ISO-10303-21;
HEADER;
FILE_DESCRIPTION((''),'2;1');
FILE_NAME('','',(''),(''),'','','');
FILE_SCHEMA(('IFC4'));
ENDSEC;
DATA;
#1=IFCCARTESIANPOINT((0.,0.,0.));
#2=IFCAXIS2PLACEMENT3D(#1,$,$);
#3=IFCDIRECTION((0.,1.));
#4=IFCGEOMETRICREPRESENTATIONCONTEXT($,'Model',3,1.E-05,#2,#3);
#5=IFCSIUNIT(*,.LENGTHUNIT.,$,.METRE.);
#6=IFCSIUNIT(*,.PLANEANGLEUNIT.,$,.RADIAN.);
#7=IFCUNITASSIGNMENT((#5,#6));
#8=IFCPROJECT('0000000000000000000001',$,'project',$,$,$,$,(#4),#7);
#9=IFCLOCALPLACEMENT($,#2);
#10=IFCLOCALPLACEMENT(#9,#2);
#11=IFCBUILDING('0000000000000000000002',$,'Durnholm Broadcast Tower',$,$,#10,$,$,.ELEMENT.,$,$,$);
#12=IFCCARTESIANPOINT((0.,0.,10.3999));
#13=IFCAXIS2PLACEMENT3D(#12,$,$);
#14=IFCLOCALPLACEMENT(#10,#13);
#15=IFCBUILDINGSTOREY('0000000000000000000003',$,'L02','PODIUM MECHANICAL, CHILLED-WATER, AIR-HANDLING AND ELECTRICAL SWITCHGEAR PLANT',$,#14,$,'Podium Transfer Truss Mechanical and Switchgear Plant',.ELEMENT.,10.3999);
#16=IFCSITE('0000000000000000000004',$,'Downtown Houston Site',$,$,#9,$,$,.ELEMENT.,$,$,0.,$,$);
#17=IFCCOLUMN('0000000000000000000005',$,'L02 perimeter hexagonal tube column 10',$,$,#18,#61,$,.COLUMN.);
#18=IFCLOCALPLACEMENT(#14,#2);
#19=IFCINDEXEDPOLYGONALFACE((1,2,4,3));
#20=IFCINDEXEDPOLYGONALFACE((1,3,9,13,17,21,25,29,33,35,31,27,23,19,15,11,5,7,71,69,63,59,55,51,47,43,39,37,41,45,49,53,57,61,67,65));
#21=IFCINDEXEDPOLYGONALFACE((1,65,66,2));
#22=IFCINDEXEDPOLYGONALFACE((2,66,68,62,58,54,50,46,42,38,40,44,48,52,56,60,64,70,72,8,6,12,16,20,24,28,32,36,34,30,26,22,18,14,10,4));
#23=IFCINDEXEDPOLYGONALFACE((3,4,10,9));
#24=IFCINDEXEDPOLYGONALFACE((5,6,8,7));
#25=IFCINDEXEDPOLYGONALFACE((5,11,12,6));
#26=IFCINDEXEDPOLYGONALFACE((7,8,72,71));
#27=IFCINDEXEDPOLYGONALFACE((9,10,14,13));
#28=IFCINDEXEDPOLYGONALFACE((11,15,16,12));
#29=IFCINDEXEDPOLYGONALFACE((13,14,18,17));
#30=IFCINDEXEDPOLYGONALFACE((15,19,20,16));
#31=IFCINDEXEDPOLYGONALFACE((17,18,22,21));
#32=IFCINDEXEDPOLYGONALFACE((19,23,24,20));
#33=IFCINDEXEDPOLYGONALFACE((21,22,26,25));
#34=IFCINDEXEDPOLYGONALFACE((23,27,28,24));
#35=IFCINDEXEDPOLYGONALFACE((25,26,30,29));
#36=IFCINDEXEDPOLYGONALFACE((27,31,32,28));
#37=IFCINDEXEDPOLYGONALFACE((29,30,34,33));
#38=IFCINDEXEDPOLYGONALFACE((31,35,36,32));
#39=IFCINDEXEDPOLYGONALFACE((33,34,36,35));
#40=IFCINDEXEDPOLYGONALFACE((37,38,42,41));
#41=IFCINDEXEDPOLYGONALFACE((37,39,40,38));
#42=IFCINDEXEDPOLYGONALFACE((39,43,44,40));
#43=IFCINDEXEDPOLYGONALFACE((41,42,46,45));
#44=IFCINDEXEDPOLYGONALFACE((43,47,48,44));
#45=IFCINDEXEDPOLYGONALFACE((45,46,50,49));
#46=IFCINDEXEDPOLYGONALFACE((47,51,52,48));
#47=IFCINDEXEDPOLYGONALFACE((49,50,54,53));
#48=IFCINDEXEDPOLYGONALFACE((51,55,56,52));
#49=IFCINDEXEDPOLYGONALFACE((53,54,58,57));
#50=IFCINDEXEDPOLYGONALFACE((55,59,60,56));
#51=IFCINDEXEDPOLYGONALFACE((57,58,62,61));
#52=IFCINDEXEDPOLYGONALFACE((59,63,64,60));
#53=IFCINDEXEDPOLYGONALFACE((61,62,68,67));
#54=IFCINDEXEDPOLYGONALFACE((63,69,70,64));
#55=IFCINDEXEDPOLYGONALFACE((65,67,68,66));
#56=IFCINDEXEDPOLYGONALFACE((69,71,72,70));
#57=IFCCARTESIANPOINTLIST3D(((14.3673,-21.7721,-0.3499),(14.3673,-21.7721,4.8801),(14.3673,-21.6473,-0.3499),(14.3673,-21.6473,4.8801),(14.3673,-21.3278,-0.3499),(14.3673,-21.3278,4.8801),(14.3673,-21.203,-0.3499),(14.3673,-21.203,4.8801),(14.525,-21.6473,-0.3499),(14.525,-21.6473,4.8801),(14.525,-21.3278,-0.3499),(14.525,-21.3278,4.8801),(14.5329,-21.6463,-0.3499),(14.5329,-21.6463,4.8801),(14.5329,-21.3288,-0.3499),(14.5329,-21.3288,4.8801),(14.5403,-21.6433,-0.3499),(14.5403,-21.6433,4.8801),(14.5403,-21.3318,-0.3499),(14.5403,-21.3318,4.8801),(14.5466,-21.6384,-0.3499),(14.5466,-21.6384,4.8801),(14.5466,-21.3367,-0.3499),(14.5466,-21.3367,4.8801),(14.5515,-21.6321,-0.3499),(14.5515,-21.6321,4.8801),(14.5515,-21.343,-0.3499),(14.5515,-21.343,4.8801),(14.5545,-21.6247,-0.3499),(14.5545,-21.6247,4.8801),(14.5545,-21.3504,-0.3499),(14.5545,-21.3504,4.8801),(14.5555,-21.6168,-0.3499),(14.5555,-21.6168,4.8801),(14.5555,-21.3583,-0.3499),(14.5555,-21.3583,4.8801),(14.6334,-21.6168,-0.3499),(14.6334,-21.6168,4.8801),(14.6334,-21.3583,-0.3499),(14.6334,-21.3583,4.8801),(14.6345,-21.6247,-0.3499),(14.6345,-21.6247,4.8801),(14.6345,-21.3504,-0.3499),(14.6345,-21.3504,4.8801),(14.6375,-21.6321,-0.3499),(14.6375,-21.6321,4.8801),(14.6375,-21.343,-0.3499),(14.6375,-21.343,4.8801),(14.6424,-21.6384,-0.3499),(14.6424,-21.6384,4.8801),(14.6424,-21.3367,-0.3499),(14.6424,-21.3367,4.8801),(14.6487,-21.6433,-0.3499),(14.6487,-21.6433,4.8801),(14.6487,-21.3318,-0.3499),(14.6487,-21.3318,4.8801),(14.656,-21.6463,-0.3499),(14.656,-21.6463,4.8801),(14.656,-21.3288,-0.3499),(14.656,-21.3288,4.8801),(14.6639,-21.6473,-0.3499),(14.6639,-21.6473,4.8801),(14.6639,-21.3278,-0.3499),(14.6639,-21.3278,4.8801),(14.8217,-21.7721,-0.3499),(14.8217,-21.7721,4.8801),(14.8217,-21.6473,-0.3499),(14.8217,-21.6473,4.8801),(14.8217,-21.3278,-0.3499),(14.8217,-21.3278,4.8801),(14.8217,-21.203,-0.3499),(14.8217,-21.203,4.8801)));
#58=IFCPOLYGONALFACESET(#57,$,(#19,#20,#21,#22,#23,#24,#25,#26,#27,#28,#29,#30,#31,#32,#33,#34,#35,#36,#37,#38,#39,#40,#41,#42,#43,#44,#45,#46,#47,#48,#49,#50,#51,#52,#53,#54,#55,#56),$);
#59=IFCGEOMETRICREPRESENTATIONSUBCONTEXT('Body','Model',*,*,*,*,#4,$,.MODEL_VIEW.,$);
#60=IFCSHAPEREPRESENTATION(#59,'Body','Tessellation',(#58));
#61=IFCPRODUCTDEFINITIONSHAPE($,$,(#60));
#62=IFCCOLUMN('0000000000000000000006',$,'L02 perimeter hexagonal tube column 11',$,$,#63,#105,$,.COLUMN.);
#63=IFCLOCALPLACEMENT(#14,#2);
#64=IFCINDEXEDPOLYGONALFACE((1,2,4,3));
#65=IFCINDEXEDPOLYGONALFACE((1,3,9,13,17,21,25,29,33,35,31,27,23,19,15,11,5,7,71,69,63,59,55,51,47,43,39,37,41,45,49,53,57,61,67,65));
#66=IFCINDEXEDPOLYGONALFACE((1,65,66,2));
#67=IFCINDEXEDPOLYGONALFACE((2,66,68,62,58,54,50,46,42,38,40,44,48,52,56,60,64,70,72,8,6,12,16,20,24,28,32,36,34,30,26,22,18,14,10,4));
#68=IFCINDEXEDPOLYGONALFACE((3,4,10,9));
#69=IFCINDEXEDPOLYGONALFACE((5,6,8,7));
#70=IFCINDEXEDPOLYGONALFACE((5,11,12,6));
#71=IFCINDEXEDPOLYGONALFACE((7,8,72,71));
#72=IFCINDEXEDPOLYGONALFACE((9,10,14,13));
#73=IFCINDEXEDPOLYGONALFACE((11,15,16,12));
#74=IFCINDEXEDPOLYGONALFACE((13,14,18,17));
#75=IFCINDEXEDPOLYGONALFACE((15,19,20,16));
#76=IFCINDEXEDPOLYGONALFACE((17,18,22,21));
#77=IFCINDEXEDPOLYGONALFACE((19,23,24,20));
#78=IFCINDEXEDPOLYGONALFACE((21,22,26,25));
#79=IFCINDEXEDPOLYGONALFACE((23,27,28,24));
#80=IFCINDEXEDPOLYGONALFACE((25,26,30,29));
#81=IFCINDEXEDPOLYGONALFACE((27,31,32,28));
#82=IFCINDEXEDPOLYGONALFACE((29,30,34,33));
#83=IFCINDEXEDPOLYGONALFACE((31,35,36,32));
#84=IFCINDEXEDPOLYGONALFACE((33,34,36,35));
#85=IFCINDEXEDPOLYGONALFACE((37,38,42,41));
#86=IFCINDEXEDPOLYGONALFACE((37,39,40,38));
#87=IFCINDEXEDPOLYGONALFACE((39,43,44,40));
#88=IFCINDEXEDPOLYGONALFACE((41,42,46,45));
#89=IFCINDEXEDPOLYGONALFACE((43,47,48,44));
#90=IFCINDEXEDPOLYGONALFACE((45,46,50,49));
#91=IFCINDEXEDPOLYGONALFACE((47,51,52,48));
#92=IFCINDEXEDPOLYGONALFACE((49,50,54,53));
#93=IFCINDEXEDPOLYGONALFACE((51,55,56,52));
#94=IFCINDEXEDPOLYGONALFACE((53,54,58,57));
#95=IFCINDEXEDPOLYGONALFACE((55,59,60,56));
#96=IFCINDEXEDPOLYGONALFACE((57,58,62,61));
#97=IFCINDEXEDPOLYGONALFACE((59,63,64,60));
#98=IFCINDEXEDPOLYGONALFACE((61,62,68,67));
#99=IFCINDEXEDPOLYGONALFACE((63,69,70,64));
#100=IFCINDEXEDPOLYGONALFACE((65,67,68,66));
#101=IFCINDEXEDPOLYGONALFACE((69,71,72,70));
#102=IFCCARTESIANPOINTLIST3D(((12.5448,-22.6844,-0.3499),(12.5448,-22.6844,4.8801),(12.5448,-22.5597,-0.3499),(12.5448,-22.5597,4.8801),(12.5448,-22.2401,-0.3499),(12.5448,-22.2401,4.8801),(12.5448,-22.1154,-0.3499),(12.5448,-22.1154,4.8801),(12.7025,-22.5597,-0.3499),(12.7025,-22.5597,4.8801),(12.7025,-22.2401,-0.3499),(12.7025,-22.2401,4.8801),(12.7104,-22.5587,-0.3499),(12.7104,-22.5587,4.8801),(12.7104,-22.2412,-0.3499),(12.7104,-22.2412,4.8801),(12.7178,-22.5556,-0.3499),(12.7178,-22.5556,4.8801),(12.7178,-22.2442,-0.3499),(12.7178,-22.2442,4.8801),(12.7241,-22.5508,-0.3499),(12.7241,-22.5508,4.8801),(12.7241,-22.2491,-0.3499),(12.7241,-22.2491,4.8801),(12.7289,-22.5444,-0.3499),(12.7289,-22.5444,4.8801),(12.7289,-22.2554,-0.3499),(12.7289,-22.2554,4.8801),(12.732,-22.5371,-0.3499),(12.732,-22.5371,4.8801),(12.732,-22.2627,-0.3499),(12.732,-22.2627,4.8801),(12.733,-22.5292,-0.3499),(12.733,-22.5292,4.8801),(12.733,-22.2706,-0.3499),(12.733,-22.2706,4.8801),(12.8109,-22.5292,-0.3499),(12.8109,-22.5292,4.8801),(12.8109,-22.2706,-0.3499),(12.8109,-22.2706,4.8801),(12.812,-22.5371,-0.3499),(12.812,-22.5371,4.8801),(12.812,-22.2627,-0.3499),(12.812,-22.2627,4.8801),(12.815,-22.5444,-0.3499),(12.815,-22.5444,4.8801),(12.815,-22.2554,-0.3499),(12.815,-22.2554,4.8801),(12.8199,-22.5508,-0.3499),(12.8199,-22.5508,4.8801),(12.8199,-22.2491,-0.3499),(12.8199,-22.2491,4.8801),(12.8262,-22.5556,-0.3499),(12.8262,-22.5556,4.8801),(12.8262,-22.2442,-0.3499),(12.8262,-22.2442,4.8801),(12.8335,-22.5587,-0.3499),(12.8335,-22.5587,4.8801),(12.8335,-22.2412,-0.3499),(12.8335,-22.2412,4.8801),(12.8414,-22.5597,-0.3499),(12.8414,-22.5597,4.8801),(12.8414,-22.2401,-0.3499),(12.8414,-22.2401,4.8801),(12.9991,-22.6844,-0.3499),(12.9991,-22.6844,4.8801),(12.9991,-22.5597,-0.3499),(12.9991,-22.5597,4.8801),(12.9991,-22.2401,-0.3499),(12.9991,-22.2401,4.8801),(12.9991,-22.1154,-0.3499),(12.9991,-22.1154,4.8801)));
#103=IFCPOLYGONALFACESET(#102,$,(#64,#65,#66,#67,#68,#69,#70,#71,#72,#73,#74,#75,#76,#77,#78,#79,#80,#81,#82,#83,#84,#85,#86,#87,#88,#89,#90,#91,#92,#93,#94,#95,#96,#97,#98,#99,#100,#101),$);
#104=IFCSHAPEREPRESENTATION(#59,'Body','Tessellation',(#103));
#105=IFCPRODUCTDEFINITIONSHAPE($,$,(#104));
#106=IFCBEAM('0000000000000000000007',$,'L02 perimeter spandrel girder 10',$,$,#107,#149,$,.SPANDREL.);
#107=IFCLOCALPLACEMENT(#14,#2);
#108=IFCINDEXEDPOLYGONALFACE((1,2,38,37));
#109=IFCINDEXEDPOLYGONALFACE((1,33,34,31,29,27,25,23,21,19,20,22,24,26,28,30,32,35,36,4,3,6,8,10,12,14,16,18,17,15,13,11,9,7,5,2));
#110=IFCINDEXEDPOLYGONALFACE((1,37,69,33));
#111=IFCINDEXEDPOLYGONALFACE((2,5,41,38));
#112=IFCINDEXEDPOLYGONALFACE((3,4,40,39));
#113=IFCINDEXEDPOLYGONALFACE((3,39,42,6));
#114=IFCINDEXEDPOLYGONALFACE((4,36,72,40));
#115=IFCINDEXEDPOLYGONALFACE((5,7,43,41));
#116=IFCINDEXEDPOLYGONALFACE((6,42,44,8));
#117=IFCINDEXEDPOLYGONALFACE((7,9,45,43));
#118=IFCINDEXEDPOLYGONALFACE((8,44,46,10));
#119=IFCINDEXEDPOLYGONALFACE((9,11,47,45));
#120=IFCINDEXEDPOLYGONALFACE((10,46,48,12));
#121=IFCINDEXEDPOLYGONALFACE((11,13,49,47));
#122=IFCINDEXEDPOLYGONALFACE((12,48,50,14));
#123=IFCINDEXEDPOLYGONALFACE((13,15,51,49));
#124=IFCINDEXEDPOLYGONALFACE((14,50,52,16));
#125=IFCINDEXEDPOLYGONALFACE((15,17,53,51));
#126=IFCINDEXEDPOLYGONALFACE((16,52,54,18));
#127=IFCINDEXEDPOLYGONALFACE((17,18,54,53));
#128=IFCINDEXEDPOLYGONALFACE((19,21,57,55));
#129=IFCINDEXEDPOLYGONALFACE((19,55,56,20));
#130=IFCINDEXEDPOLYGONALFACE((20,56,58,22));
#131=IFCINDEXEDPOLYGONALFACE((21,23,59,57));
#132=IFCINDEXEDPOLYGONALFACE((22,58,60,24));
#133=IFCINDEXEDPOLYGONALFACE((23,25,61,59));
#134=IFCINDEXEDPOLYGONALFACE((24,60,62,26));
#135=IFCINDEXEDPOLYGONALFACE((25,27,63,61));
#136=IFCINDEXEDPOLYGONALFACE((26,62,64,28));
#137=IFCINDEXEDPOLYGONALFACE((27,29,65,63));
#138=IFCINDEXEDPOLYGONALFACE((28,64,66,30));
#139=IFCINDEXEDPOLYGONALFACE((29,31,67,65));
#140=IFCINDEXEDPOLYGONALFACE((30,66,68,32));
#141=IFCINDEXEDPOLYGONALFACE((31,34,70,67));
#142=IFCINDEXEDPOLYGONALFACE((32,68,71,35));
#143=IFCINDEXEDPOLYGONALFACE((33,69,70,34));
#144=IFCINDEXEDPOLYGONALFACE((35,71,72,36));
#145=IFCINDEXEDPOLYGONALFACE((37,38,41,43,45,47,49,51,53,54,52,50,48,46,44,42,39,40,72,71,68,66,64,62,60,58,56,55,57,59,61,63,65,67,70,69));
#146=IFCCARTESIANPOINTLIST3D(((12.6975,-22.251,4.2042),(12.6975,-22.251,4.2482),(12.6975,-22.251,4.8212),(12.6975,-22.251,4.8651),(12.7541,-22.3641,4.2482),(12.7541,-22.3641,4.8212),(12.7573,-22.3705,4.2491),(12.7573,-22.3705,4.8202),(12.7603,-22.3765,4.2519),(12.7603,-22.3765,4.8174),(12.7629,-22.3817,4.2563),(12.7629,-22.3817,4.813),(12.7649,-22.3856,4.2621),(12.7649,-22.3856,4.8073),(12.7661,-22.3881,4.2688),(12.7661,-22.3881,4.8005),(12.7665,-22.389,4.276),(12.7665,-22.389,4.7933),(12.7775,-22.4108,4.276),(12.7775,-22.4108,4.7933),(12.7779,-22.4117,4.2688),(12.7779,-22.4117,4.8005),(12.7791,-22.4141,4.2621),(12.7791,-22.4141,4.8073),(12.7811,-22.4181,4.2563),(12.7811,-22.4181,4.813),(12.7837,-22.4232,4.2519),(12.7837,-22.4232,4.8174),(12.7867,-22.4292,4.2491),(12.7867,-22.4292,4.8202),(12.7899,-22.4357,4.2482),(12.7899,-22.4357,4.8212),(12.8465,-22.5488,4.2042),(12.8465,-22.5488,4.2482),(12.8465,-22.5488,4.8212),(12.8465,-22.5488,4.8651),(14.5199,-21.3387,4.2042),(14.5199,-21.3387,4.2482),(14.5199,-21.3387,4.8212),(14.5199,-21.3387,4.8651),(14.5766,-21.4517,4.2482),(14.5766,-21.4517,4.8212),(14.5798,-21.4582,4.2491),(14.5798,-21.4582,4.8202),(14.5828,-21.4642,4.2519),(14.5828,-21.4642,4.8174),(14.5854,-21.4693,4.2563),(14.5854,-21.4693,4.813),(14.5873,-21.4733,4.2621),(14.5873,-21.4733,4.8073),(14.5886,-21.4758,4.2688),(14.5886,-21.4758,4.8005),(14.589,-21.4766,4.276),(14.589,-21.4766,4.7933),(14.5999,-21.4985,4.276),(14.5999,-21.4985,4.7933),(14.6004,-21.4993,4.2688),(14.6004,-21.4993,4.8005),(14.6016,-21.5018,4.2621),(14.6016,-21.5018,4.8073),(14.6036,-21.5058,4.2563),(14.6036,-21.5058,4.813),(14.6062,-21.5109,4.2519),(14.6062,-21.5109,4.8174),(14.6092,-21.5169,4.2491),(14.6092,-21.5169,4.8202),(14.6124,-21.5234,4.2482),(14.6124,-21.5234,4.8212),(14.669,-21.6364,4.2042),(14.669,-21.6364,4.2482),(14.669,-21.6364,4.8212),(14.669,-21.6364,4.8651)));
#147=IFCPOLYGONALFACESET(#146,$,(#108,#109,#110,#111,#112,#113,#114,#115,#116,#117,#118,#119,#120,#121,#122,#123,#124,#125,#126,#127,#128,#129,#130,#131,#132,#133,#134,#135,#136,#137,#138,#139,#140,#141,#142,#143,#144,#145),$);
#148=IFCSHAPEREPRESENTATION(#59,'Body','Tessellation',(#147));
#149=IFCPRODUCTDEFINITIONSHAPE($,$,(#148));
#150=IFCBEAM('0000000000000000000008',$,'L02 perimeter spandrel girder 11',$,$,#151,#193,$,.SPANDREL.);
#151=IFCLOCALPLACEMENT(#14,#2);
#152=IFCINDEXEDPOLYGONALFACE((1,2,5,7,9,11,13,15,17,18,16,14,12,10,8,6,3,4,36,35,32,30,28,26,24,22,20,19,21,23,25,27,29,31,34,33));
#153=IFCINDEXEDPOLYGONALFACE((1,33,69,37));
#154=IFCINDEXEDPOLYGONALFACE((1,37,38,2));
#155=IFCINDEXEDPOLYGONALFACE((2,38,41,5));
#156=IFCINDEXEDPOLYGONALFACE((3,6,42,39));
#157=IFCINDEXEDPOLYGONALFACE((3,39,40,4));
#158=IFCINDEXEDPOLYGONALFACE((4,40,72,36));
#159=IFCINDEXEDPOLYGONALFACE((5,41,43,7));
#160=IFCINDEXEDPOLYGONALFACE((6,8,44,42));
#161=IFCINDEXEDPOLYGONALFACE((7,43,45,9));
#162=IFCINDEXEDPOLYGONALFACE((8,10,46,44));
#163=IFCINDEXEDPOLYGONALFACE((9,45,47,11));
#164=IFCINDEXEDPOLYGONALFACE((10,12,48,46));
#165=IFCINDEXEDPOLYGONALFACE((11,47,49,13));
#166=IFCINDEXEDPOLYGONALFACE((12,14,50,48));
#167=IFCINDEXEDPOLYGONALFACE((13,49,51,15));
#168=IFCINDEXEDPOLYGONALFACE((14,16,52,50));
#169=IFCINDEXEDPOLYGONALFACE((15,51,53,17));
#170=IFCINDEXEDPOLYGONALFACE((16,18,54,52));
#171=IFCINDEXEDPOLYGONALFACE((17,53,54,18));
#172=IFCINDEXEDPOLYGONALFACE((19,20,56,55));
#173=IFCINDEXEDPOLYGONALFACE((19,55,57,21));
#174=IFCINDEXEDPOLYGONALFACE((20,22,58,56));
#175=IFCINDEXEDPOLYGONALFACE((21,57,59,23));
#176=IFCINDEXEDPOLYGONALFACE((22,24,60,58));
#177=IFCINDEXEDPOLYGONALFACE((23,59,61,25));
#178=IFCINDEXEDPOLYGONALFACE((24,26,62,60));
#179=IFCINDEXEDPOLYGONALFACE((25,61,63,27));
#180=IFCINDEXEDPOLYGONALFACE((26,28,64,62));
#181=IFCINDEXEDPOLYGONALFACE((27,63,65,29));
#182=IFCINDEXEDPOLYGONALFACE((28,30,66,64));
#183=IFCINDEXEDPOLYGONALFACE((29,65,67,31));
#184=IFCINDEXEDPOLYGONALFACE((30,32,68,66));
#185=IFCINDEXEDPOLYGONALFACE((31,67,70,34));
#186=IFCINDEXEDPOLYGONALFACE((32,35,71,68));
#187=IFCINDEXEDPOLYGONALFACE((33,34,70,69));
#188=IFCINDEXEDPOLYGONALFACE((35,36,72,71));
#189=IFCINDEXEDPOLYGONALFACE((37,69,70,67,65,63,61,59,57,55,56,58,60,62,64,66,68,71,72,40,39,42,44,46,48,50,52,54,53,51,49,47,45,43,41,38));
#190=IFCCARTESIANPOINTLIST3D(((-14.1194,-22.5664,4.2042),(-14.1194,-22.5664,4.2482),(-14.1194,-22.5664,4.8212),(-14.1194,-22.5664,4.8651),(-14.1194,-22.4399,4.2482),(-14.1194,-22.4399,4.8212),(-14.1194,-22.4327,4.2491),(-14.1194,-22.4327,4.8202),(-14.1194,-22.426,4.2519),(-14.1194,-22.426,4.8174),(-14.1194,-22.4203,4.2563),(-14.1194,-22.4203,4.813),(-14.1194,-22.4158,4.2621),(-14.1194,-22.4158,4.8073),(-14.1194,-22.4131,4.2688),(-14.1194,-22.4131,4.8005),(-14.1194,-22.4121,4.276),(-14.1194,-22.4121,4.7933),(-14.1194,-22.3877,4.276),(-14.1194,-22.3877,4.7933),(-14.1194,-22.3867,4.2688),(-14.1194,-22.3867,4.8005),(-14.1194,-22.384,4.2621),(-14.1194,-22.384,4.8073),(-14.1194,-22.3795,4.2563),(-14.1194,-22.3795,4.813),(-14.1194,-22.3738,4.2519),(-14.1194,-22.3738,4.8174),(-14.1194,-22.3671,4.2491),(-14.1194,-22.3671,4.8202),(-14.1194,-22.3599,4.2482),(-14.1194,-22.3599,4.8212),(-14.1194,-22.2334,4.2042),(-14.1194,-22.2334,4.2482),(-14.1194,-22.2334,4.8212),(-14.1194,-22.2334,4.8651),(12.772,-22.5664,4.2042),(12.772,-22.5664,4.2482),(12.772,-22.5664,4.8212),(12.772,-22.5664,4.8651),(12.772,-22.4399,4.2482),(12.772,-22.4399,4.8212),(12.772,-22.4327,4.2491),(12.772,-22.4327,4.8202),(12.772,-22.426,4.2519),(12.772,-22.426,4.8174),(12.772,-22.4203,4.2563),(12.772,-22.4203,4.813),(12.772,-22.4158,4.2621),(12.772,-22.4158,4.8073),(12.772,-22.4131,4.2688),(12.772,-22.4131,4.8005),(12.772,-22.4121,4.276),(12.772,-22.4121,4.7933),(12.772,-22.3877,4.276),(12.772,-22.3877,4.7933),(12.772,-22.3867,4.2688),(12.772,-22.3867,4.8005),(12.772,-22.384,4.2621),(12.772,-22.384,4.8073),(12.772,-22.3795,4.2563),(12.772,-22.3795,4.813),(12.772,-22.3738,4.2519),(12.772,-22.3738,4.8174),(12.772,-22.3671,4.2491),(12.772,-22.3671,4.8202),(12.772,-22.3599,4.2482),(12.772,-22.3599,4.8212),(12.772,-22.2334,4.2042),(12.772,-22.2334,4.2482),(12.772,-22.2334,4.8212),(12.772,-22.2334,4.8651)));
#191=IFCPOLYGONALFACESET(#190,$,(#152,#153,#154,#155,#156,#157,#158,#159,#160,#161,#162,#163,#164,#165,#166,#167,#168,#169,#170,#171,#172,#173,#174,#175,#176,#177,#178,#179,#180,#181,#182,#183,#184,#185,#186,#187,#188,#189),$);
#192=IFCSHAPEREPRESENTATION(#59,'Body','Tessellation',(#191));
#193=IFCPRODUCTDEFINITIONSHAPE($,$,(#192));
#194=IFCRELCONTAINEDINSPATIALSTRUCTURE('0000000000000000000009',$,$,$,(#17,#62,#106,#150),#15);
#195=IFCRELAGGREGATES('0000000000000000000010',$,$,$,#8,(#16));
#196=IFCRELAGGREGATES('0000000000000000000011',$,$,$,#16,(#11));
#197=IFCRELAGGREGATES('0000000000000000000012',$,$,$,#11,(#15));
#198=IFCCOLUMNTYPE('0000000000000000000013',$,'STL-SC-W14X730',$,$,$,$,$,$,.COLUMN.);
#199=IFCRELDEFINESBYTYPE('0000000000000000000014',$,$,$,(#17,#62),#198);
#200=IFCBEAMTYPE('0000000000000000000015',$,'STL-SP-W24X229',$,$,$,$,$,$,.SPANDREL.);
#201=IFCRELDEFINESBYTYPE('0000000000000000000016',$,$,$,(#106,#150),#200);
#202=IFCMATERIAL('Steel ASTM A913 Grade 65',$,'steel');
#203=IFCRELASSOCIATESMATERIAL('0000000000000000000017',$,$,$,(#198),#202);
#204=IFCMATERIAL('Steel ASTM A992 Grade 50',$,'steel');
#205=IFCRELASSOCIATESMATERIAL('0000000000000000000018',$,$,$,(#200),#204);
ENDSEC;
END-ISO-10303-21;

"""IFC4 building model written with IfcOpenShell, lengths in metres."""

from ifc_helpers import new_model, si_unit, direction, frame, origin, origin_2d, place, context, subcontext, project, spatial, i_section, extrude, source, transform, mapped, material, material_profile, profile_set, type_object, type_shapes, element, save


model = new_model("IFC4")

# Units and contexts
model_context = context("Model", 3, precision=1e-05, world=origin(), true_north=direction((0.0, 1.0)))
body_context = subcontext(model_context, "Body", "Model", "MODEL_VIEW")
ifc_project = project(units=[si_unit("LENGTHUNIT", "METRE"), si_unit("PLANEANGLEUNIT", "RADIAN")], contexts=[model_context])

# Site, building, storey
site_placement = place(None, origin())
site = spatial("IfcSite", under=ifc_project, at=site_placement, Name="Downtown Houston Site", CompositionType="ELEMENT", RefElevation=0.0)
building_placement = place(site_placement, origin())
building = spatial("IfcBuilding", under=site, at=building_placement, Name="Durnholm Broadcast Tower", CompositionType="ELEMENT")
storey_placement = place(building_placement, frame((0.0, 0.0, 10.3999)))
storey = spatial("IfcBuildingStorey", under=building, at=storey_placement, Name="L02", Description="PODIUM MECHANICAL, CHILLED-WATER, AIR-HANDLING AND ELECTRICAL SWITCHGEAR PLANT", LongName="Podium Transfer Truss Mechanical and Switchgear Plant", CompositionType="ELEMENT", Elevation=10.3999)

# Columns
ifc_material_1 = material(Name="Steel ASTM A913 Grade 65", Category="steel")
ifc_material_profile_1 = material_profile(ifc_material_1, i_section(OverallWidth=0.4543, OverallDepth=0.5691, WebThickness=0.0779, FlangeThickness=0.1248, FilletRadius=0.0305, at=origin_2d()), Name="W14X730")
ifc_profile_set_1 = profile_set([ifc_material_profile_1], Name="Steel ASTM A913 Grade 65")
column_type = type_object("IfcColumnType", Name="STL-SC-W14X730", PredefinedType="COLUMN", material=ifc_profile_set_1)
shared_shape_1 = source(origin(), body_context, "Body", "SweptSolid", [
    extrude(i_section(OverallWidth=0.4543, OverallDepth=0.5691, WebThickness=0.0779, FlangeThickness=0.1248, FilletRadius=0.0305, at=origin_2d()), origin(), (0.0, 0.0, 1.0), 5.23),
])
type_shapes(column_type, [shared_shape_1])
for number, where, z_axis, x_axis, name in (
    (1, (14.5945, -21.4875, -0.3499), (0.0, 0.0, 1.0), (1.0, 0.0, 0.0), "L02 perimeter hexagonal tube column 10"),
    (2, (12.772, -22.3999, -0.3499), (0.0, 0.0, 1.0), (1.0, 0.0, 0.0), "L02 perimeter hexagonal tube column 11"),
):
    element("IfcColumn", number, at=place(storey_placement, frame(where, z_axis=z_axis, x_axis=x_axis)), inside=storey, type_object=column_type, Name=name, PredefinedType="COLUMN", context=body_context, shape_type="MappedRepresentation", body=[
        mapped(shared_shape_1, transform((0.0, 0.0, 0.0), x_axis=(1.0, 0.0, 0.0), y_axis=(0.0, 1.0, 0.0), z_axis=(0.0, 0.0, 1.0), scale=1.0)),
    ])

# Beams
ifc_material_2 = material(Name="Steel ASTM A992 Grade 50", Category="steel")
ifc_material_profile_2 = material_profile(ifc_material_2, i_section(OverallWidth=0.333, OverallDepth=0.6609, WebThickness=0.0244, FlangeThickness=0.0439, FilletRadius=0.0278, at=origin_2d()), Name="W24X229")
ifc_profile_set_2 = profile_set([ifc_material_profile_2], Name="Steel ASTM A992 Grade 50")
beam_type_1 = type_object("IfcBeamType", Name="STL-SP-W24X229", PredefinedType="SPANDREL", material=ifc_profile_set_2)
shared_shape_2 = source(origin(), body_context, "Body", "SweptSolid", [
    extrude(i_section(OverallWidth=0.333, OverallDepth=0.6609, WebThickness=0.0244, FlangeThickness=0.0439, FilletRadius=0.0278, at=origin_2d()), origin(), (0.0, 0.0, 1.0), 2.0381),
])
beam_1_placement = place(storey_placement, frame((14.5945, -21.4875, 4.5347), z_axis=(-0.894211, -0.447645, 0.0), x_axis=(0.447645, -0.894211, 0.0)))
element("IfcBeam", 3, at=beam_1_placement, inside=storey, type_object=beam_type_1, Name="L02 perimeter spandrel girder 10", PredefinedType="SPANDREL", context=body_context, shape_type="MappedRepresentation", body=[
    mapped(shared_shape_2, transform((0.0, 0.0, 0.0), x_axis=(1.0, 0.0, 0.0), y_axis=(0.0, 1.0, 0.0), z_axis=(0.0, 0.0, 1.0), scale=1.0)),
])
shared_shape_3 = source(origin(), body_context, "Body", "SweptSolid", [
    extrude(i_section(OverallWidth=0.333, OverallDepth=0.6609, WebThickness=0.0244, FlangeThickness=0.0439, FilletRadius=0.0278, at=origin_2d()), origin(), (0.0, 0.0, 1.0), 26.8914),
])
type_shapes(beam_type_1, [shared_shape_2, shared_shape_3])
beam_2_placement = place(storey_placement, frame((12.772, -22.3999, 4.5347), z_axis=(-1.0, 0.0, 0.0), x_axis=(0.0, -1.0, 0.0)))
element("IfcBeam", 4, at=beam_2_placement, inside=storey, type_object=beam_type_1, Name="L02 perimeter spandrel girder 11", PredefinedType="SPANDREL", context=body_context, shape_type="MappedRepresentation", body=[
    mapped(shared_shape_3, transform((0.0, 0.0, 0.0), x_axis=(1.0, 0.0, 0.0), y_axis=(0.0, 1.0, 0.0), z_axis=(0.0, 0.0, 1.0), scale=1.0)),
])

save(model, "model.ifc")
